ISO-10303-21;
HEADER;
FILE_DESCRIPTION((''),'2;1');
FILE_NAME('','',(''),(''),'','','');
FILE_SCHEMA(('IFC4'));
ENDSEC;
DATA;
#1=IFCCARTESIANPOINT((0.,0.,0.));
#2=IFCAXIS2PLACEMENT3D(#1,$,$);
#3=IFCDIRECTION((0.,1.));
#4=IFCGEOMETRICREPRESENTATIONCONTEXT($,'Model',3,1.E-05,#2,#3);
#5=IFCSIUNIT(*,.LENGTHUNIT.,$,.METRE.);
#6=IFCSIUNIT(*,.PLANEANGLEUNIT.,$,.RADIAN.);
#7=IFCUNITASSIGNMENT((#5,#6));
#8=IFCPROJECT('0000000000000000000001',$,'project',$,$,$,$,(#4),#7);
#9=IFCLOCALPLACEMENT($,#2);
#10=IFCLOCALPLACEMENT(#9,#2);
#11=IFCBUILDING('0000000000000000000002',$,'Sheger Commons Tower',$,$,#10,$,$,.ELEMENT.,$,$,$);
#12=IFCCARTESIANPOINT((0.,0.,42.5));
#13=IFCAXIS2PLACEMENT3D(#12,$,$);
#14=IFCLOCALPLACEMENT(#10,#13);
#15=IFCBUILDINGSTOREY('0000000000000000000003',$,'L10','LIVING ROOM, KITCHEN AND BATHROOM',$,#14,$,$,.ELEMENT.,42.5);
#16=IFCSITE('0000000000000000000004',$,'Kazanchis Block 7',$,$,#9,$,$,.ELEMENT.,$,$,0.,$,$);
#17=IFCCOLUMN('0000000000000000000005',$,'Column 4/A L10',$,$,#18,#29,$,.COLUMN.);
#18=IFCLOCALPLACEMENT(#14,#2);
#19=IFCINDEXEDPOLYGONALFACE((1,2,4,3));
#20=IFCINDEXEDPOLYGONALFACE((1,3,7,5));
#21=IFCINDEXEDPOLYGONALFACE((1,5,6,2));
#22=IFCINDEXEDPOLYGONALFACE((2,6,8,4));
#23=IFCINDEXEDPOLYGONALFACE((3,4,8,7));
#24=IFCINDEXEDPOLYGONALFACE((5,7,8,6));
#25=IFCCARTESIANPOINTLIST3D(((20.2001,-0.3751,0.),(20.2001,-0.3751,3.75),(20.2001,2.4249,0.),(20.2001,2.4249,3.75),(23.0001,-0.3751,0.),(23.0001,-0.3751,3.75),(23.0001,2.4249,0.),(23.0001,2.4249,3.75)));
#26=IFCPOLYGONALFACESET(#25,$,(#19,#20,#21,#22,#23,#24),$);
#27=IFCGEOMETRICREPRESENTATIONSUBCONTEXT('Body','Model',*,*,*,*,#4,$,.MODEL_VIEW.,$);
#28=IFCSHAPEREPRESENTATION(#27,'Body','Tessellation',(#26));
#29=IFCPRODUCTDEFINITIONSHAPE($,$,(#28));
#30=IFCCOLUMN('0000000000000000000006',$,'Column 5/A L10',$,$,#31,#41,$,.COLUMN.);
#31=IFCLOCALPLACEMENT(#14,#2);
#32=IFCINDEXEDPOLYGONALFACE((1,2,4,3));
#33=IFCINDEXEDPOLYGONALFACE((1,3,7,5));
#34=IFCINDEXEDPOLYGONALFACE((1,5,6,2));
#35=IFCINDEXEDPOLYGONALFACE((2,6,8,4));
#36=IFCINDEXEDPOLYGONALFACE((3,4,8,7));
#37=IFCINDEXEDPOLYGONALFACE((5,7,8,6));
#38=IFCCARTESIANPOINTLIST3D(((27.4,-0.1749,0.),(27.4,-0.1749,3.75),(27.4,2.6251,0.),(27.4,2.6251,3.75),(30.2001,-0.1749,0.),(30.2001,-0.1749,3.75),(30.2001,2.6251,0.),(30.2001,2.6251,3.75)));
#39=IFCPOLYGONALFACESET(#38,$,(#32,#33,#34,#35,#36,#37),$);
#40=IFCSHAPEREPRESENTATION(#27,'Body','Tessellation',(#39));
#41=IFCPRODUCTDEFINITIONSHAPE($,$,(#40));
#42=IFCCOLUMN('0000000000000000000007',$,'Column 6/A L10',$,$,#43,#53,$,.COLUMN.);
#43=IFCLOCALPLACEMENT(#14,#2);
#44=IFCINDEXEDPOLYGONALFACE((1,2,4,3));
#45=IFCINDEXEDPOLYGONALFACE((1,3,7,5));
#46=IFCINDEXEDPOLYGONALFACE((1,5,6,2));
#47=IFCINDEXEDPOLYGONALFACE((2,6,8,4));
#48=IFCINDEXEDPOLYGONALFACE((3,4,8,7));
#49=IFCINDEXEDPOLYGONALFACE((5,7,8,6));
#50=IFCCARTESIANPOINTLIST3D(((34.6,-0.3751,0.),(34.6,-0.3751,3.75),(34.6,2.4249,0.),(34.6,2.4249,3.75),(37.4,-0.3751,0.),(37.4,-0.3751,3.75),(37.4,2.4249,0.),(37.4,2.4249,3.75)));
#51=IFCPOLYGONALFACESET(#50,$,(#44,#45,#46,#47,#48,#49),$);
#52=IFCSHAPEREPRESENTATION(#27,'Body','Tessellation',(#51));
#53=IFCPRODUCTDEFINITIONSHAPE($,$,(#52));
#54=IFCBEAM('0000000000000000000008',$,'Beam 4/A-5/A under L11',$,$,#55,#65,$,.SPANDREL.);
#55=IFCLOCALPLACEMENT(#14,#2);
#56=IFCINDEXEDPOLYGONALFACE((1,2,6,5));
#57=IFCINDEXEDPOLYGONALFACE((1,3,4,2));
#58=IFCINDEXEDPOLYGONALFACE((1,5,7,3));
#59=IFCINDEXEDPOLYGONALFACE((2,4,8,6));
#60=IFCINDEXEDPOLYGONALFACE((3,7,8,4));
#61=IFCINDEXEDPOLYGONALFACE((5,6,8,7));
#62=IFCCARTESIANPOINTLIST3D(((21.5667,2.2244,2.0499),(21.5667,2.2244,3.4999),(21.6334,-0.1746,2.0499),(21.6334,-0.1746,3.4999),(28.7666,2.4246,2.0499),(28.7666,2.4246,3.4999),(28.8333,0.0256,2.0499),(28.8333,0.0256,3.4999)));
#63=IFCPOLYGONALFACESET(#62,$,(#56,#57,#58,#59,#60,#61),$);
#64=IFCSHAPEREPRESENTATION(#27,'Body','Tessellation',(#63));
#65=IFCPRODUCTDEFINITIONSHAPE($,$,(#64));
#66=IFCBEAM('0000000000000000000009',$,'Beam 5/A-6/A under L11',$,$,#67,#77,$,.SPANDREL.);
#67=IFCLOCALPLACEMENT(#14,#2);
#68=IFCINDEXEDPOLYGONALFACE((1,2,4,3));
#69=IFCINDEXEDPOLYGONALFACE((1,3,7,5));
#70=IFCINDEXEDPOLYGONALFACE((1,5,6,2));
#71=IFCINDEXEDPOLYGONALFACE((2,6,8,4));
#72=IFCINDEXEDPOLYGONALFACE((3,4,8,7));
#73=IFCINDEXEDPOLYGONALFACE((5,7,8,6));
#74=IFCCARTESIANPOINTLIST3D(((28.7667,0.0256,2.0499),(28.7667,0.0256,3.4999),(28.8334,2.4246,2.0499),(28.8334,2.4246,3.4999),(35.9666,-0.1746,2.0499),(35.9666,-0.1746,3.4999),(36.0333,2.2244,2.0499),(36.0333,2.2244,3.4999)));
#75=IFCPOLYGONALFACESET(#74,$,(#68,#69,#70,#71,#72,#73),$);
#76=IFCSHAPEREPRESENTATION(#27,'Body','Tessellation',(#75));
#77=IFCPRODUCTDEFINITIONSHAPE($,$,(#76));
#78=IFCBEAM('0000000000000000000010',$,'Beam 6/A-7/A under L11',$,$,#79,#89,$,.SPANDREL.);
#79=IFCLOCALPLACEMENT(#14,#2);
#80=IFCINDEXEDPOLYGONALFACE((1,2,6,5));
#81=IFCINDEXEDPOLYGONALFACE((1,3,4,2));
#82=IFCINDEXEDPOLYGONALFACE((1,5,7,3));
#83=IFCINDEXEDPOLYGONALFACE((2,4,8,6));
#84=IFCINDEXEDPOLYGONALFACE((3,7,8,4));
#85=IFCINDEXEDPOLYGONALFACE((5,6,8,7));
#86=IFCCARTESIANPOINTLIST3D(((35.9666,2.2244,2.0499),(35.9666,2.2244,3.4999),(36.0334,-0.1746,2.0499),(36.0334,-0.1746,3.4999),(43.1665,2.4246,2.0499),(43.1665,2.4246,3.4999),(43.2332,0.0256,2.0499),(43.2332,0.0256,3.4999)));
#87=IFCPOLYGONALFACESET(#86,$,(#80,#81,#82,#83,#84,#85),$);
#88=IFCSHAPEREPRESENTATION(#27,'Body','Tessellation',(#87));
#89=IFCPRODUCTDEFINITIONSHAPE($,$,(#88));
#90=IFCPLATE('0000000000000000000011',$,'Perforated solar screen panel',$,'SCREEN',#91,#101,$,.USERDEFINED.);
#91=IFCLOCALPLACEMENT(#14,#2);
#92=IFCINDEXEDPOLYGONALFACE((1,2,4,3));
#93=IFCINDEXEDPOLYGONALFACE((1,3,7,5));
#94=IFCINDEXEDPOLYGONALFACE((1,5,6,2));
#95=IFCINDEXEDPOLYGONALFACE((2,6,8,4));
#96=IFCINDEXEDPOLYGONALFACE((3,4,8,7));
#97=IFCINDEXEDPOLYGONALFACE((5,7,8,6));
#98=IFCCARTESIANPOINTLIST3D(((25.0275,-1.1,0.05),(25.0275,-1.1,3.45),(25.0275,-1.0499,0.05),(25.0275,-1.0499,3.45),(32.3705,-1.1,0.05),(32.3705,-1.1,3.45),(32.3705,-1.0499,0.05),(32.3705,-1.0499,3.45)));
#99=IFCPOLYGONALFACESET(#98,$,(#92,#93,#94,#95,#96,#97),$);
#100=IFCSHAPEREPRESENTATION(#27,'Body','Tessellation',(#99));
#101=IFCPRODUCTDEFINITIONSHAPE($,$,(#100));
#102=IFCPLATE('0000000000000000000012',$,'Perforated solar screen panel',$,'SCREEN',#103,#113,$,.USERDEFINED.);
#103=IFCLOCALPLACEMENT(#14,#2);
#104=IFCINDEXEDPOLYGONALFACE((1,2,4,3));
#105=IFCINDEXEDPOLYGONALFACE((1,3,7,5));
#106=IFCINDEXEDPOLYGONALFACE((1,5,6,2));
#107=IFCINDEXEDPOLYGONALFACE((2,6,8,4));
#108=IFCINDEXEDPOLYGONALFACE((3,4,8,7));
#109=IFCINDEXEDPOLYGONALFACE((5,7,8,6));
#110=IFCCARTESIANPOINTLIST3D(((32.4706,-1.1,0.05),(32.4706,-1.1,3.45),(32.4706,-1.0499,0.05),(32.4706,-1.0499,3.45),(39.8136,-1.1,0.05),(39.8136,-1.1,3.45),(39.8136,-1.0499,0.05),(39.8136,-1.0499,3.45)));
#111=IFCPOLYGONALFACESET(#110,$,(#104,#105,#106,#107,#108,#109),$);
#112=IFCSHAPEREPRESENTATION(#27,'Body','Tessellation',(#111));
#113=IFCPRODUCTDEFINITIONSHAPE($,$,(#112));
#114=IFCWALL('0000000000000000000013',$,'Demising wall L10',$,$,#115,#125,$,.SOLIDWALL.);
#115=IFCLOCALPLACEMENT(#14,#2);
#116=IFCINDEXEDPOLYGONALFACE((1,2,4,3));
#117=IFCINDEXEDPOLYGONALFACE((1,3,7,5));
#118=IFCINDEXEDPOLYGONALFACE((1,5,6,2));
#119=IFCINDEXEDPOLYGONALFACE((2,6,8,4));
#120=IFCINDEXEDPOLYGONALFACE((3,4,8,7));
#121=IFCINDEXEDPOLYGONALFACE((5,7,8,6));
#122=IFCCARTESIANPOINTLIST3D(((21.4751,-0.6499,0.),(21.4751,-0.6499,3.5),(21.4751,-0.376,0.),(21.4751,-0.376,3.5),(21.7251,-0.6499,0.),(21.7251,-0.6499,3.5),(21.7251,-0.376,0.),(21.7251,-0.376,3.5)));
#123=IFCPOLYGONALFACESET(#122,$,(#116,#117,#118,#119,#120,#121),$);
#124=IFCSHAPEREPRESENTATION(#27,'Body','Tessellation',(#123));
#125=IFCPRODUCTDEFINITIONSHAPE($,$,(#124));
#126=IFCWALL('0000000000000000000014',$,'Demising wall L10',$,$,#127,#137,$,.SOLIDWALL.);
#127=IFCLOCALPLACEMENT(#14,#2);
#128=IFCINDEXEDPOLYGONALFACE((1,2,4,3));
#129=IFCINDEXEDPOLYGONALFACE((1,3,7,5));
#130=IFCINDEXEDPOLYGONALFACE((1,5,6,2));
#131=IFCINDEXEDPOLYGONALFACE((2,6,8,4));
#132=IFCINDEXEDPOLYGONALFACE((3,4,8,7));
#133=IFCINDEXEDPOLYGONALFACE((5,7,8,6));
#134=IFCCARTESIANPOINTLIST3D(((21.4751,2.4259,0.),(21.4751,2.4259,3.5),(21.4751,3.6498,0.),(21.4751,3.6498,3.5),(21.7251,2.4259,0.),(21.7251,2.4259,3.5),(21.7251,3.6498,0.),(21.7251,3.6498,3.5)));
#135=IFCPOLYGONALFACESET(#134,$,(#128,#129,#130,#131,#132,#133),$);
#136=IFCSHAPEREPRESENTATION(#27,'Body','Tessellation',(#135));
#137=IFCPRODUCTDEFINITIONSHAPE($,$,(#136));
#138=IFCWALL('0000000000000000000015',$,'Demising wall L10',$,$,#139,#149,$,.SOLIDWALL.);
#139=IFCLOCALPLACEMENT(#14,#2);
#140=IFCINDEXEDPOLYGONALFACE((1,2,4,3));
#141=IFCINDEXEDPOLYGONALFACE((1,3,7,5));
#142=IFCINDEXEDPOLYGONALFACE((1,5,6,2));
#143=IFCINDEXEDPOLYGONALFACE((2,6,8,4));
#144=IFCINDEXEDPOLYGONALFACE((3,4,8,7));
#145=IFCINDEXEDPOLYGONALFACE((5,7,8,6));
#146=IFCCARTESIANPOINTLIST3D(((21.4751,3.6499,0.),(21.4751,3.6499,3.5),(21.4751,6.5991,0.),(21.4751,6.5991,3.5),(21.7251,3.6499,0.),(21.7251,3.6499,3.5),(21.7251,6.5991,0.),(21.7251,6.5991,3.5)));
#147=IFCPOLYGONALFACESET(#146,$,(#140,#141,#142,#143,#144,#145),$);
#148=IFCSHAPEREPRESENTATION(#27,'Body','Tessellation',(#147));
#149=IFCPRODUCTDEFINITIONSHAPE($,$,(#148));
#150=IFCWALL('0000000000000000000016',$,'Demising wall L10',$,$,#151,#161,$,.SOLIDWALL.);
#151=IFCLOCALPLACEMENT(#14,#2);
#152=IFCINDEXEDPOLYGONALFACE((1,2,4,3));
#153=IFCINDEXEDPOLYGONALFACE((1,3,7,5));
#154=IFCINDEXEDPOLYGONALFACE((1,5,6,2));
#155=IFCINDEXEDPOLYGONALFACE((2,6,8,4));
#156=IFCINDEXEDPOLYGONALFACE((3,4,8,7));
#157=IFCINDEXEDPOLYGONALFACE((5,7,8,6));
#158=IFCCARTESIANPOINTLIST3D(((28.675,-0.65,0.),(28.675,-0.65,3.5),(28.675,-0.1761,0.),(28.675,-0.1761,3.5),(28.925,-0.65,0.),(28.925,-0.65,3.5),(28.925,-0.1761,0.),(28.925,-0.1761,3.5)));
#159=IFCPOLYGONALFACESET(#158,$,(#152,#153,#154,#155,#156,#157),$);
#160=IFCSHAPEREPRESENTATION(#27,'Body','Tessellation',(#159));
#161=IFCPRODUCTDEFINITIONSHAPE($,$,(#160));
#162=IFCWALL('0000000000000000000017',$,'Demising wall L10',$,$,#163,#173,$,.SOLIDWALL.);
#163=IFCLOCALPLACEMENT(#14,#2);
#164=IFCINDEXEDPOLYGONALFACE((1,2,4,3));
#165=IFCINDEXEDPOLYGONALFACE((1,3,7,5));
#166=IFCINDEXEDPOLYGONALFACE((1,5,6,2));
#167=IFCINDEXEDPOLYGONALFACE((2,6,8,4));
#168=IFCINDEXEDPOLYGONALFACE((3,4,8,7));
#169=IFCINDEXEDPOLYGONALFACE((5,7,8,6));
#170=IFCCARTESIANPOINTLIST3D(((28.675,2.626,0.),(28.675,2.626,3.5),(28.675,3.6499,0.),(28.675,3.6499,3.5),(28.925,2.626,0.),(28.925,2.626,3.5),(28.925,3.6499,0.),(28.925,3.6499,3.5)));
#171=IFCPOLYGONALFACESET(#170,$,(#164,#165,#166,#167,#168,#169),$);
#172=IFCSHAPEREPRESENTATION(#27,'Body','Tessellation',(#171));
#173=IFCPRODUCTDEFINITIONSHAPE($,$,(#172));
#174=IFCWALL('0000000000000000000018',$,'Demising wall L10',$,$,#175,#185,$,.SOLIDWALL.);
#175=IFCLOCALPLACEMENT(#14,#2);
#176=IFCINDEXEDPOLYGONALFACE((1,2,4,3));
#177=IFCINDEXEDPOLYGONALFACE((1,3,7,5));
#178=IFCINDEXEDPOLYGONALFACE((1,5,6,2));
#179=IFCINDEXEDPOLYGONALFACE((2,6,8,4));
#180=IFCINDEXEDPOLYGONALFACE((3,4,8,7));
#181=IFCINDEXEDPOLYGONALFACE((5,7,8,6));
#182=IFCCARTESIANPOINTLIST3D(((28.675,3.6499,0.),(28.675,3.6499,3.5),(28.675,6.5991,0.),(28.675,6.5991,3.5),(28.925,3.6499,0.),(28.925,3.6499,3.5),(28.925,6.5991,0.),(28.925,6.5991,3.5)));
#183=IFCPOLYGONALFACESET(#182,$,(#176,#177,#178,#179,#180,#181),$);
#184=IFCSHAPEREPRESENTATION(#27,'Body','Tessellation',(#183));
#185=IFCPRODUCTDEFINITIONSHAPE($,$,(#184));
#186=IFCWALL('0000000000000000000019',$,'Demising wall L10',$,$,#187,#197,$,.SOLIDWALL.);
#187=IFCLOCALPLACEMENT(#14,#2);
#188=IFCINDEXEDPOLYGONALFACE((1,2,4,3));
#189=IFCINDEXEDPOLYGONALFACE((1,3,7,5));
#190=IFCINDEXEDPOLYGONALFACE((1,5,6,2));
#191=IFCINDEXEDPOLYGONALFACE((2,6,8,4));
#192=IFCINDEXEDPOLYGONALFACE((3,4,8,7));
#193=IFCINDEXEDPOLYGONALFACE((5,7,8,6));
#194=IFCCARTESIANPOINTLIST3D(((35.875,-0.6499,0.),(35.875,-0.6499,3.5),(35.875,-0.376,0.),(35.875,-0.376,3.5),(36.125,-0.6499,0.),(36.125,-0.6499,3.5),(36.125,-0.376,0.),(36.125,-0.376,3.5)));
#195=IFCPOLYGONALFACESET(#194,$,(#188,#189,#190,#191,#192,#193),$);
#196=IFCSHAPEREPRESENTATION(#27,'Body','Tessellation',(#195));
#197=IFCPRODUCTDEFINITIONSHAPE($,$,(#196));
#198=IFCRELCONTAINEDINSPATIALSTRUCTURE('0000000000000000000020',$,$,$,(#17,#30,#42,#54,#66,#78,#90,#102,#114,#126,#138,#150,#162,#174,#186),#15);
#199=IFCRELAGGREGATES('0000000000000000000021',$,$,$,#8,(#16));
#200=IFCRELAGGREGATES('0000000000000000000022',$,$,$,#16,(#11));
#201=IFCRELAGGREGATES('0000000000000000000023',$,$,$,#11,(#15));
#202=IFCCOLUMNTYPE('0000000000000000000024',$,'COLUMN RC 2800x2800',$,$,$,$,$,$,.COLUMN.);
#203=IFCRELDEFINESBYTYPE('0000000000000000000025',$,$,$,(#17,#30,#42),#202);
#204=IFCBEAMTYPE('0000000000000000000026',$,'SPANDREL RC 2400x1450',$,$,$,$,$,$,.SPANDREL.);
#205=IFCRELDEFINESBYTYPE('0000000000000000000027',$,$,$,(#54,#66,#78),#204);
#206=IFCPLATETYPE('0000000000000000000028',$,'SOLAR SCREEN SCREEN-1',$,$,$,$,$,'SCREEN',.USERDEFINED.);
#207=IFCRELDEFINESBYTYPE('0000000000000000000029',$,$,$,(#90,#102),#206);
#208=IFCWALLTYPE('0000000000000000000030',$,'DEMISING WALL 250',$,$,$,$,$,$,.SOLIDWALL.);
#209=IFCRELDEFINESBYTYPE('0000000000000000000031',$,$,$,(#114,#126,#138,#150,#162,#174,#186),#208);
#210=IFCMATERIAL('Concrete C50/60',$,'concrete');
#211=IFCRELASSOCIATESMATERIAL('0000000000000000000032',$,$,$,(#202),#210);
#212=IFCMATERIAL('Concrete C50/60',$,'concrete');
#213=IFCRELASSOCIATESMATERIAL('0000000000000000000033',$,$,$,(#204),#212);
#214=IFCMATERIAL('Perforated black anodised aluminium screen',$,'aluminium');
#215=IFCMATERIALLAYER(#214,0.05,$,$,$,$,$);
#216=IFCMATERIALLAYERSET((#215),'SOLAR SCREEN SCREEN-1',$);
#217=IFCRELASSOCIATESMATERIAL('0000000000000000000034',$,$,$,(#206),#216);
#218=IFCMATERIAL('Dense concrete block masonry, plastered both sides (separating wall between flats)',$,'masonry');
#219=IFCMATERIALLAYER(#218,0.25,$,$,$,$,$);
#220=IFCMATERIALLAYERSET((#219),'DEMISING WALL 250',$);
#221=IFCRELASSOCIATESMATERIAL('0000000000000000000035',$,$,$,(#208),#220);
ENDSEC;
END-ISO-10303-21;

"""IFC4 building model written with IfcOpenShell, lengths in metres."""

from ifc_helpers import new_model, si_unit, direction, frame, frame_2d, origin, origin_2d, place, context, subcontext, project, spatial, rectangle, extrude, material, layer, layer_set, material_profile, profile_set, type_object, element, save


model = new_model("IFC4")

# Units and contexts
model_context = context("Model", 3, precision=1e-05, world=origin(), true_north=direction((0.0, 1.0)))
body_context = subcontext(model_context, "Body", "Model", "MODEL_VIEW")
ifc_project = project(units=[si_unit("LENGTHUNIT", "METRE"), si_unit("PLANEANGLEUNIT", "RADIAN")], contexts=[model_context])

# Site, building, storey
site_placement = place(None, origin())
site = spatial("IfcSite", under=ifc_project, at=site_placement, Name="Kazanchis Block 7", CompositionType="ELEMENT", RefElevation=0.0)
building_placement = place(site_placement, origin())
building = spatial("IfcBuilding", under=site, at=building_placement, Name="Sheger Commons Tower", CompositionType="ELEMENT")
storey_placement = place(building_placement, frame((0.0, 0.0, 42.5)))
storey = spatial("IfcBuildingStorey", under=building, at=storey_placement, Name="L10", Description="LIVING ROOM, KITCHEN AND BATHROOM", CompositionType="ELEMENT", Elevation=42.5)

# Columns
ifc_material_1 = material(Name="Concrete C50/60", Category="concrete")
ifc_material_profile_1 = material_profile(ifc_material_1, rectangle(XDim=2.8, YDim=2.8, at=origin_2d()), Name="RC 2800x2800")
ifc_profile_set_1 = profile_set([ifc_material_profile_1], Name="Concrete C50/60")
column_type = type_object("IfcColumnType", Name="COLUMN RC 2800x2800", PredefinedType="COLUMN", material=ifc_profile_set_1)
for number, where, z_axis, x_axis, name in (
    (1, (21.6001, 1.0249, 0.0), (0.0, 0.0, 1.0), (1.0, 0.0, 0.0), "Column 4/A L10"),
    (2, (28.8, 1.2251, 0.0), (0.0, 0.0, 1.0), (1.0, 0.0, 0.0), "Column 5/A L10"),
    (3, (36.0, 1.0249, 0.0), (0.0, 0.0, 1.0), (1.0, 0.0, 0.0), "Column 6/A L10"),
):
    element("IfcColumn", number, at=place(storey_placement, frame(where, z_axis=z_axis, x_axis=x_axis)), inside=storey, type_object=column_type, Name=name, PredefinedType="COLUMN", context=body_context, shape_type="SweptSolid", body=[
        extrude(rectangle(XDim=2.8, YDim=2.8, at=origin_2d()), origin(), (0.0, 0.0, 1.0), 3.75),
    ])

# Beams
ifc_material_2 = material(Name="Concrete C50/60", Category="concrete")
ifc_material_profile_2 = material_profile(ifc_material_2, rectangle(XDim=2.3999, YDim=1.45, at=origin_2d()), Name="RC 2400x1450")
ifc_profile_set_2 = profile_set([ifc_material_profile_2], Name="Concrete C50/60")
beam_type = type_object("IfcBeamType", Name="SPANDREL RC 2400x1450", PredefinedType="SPANDREL", material=ifc_profile_set_2)
for number, where, z_axis, x_axis, name in (
    (4, (21.6001, 1.0249, 2.7749), (0.999614, 0.027794, 0.0), (-0.027794, 0.999614, 0.0), "Beam 4/A-5/A under L11"),
    (5, (28.8, 1.2251, 2.7749), (0.999614, -0.027794, 0.0), (0.027794, 0.999614, 0.0), "Beam 5/A-6/A under L11"),
    (6, (36.0, 1.0249, 2.7749), (0.999614, 0.027794, 0.0), (-0.027794, 0.999614, 0.0), "Beam 6/A-7/A under L11"),
):
    element("IfcBeam", number, at=place(storey_placement, frame(where, z_axis=z_axis, x_axis=x_axis)), inside=storey, type_object=beam_type, Name=name, PredefinedType="SPANDREL", context=body_context, shape_type="SweptSolid", body=[
        extrude(rectangle(XDim=2.3999, YDim=1.45, at=origin_2d()), origin(), (0.0, 0.0, 1.0), 7.2026),
    ])

# Plates
ifc_material_3 = material(Name="Perforated black anodised aluminium screen", Category="aluminium")
ifc_layer_1 = layer(ifc_material_3, 0.05)
ifc_layer_set_1 = layer_set([ifc_layer_1], Name="SOLAR SCREEN SCREEN-1")
plate_type = type_object("IfcPlateType", Name="SOLAR SCREEN SCREEN-1", ElementType="SCREEN", PredefinedType="USERDEFINED", material=ifc_layer_set_1)
for number, where, z_axis, x_axis, name in (
    (7, (28.699, -1.075, 0.05), (0.0, 0.0, 1.0), (1.0, 0.0, 0.0), "Perforated solar screen panel"),
    (8, (36.1421, -1.075, 0.05), (0.0, 0.0, 1.0), (1.0, 0.0, 0.0), "Perforated solar screen panel"),
):
    element("IfcPlate", number, at=place(storey_placement, frame(where, z_axis=z_axis, x_axis=x_axis)), inside=storey, type_object=plate_type, Name=name, ObjectType="SCREEN", PredefinedType="USERDEFINED", context=body_context, shape_type="SweptSolid", body=[
        extrude(rectangle(XDim=7.343, YDim=0.05, at=origin_2d()), origin(), (0.0, 0.0, 1.0), 3.3999),
    ])

# Walls
ifc_material_4 = material(Name="Dense concrete block masonry, plastered both sides (separating wall between flats)", Category="masonry")
ifc_layer_2 = layer(ifc_material_4, 0.25)
ifc_layer_set_2 = layer_set([ifc_layer_2], Name="DEMISING WALL 250")
wall_type_1 = type_object("IfcWallType", Name="DEMISING WALL 250", PredefinedType="SOLIDWALL", material=ifc_layer_set_2)
wall_1_placement = place(storey_placement, frame((21.6001, -0.6499, 0.0), z_axis=(0.0, 0.0, 1.0), x_axis=(0.0, 1.0, 0.0)))
element("IfcWall", 9, at=wall_1_placement, inside=storey, type_object=wall_type_1, Name="Demising wall L10", PredefinedType="SOLIDWALL", context=body_context, shape_type="SweptSolid", body=[
    extrude(rectangle(XDim=0.2739, YDim=0.25, at=frame_2d((0.137, 0.0))), origin(), (0.0, 0.0, 1.0), 3.5),
])
wall_2_placement = place(storey_placement, frame((21.6001, 2.426, 0.0), z_axis=(0.0, 0.0, 1.0), x_axis=(0.0, 1.0, 0.0)))
element("IfcWall", 10, at=wall_2_placement, inside=storey, type_object=wall_type_1, Name="Demising wall L10", PredefinedType="SOLIDWALL", context=body_context, shape_type="SweptSolid", body=[
    extrude(rectangle(XDim=1.2239, YDim=0.25, at=frame_2d((0.6118, 0.0))), origin(), (0.0, 0.0, 1.0), 3.5),
])
wall_3_placement = place(storey_placement, frame((21.6001, 3.6499, 0.0), z_axis=(0.0, 0.0, 1.0), x_axis=(0.0, 1.0, 0.0)))
element("IfcWall", 11, at=wall_3_placement, inside=storey, type_object=wall_type_1, Name="Demising wall L10", PredefinedType="SOLIDWALL", context=body_context, shape_type="SweptSolid", body=[
    extrude(rectangle(XDim=2.9492, YDim=0.25, at=frame_2d((1.4746, 0.0))), origin(), (0.0, 0.0, 1.0), 3.5),
])
wall_4_placement = place(storey_placement, frame((28.8, -0.6499, 0.0), z_axis=(0.0, 0.0, 1.0), x_axis=(0.0, 1.0, 0.0)))
element("IfcWall", 12, at=wall_4_placement, inside=storey, type_object=wall_type_1, Name="Demising wall L10", PredefinedType="SOLIDWALL", context=body_context, shape_type="SweptSolid", body=[
    extrude(rectangle(XDim=0.4739, YDim=0.25, at=frame_2d((0.2368, 0.0))), origin(), (0.0, 0.0, 1.0), 3.5),
])
wall_5_placement = place(storey_placement, frame((28.8, 2.626, 0.0), z_axis=(0.0, 0.0, 1.0), x_axis=(0.0, 1.0, 0.0)))
element("IfcWall", 13, at=wall_5_placement, inside=storey, type_object=wall_type_1, Name="Demising wall L10", PredefinedType="SOLIDWALL", context=body_context, shape_type="SweptSolid", body=[
    extrude(rectangle(XDim=1.0239, YDim=0.25, at=frame_2d((0.512, 0.0))), origin(), (0.0, 0.0, 1.0), 3.5),
])
wall_6_placement = place(storey_placement, frame((28.8, 3.6499, 0.0), z_axis=(0.0, 0.0, 1.0), x_axis=(0.0, 1.0, 0.0)))
element("IfcWall", 14, at=wall_6_placement, inside=storey, type_object=wall_type_1, Name="Demising wall L10", PredefinedType="SOLIDWALL", context=body_context, shape_type="SweptSolid", body=[
    extrude(rectangle(XDim=2.9492, YDim=0.25, at=frame_2d((1.4746, 0.0))), origin(), (0.0, 0.0, 1.0), 3.5),
])
wall_7_placement = place(storey_placement, frame((36.0, -0.6499, 0.0), z_axis=(0.0, 0.0, 1.0), x_axis=(0.0, 1.0, 0.0)))
element("IfcWall", 15, at=wall_7_placement, inside=storey, type_object=wall_type_1, Name="Demising wall L10", PredefinedType="SOLIDWALL", context=body_context, shape_type="SweptSolid", body=[
    extrude(rectangle(XDim=0.2739, YDim=0.25, at=frame_2d((0.137, 0.0))), origin(), (0.0, 0.0, 1.0), 3.5),
])

save(model, "model.ifc")
